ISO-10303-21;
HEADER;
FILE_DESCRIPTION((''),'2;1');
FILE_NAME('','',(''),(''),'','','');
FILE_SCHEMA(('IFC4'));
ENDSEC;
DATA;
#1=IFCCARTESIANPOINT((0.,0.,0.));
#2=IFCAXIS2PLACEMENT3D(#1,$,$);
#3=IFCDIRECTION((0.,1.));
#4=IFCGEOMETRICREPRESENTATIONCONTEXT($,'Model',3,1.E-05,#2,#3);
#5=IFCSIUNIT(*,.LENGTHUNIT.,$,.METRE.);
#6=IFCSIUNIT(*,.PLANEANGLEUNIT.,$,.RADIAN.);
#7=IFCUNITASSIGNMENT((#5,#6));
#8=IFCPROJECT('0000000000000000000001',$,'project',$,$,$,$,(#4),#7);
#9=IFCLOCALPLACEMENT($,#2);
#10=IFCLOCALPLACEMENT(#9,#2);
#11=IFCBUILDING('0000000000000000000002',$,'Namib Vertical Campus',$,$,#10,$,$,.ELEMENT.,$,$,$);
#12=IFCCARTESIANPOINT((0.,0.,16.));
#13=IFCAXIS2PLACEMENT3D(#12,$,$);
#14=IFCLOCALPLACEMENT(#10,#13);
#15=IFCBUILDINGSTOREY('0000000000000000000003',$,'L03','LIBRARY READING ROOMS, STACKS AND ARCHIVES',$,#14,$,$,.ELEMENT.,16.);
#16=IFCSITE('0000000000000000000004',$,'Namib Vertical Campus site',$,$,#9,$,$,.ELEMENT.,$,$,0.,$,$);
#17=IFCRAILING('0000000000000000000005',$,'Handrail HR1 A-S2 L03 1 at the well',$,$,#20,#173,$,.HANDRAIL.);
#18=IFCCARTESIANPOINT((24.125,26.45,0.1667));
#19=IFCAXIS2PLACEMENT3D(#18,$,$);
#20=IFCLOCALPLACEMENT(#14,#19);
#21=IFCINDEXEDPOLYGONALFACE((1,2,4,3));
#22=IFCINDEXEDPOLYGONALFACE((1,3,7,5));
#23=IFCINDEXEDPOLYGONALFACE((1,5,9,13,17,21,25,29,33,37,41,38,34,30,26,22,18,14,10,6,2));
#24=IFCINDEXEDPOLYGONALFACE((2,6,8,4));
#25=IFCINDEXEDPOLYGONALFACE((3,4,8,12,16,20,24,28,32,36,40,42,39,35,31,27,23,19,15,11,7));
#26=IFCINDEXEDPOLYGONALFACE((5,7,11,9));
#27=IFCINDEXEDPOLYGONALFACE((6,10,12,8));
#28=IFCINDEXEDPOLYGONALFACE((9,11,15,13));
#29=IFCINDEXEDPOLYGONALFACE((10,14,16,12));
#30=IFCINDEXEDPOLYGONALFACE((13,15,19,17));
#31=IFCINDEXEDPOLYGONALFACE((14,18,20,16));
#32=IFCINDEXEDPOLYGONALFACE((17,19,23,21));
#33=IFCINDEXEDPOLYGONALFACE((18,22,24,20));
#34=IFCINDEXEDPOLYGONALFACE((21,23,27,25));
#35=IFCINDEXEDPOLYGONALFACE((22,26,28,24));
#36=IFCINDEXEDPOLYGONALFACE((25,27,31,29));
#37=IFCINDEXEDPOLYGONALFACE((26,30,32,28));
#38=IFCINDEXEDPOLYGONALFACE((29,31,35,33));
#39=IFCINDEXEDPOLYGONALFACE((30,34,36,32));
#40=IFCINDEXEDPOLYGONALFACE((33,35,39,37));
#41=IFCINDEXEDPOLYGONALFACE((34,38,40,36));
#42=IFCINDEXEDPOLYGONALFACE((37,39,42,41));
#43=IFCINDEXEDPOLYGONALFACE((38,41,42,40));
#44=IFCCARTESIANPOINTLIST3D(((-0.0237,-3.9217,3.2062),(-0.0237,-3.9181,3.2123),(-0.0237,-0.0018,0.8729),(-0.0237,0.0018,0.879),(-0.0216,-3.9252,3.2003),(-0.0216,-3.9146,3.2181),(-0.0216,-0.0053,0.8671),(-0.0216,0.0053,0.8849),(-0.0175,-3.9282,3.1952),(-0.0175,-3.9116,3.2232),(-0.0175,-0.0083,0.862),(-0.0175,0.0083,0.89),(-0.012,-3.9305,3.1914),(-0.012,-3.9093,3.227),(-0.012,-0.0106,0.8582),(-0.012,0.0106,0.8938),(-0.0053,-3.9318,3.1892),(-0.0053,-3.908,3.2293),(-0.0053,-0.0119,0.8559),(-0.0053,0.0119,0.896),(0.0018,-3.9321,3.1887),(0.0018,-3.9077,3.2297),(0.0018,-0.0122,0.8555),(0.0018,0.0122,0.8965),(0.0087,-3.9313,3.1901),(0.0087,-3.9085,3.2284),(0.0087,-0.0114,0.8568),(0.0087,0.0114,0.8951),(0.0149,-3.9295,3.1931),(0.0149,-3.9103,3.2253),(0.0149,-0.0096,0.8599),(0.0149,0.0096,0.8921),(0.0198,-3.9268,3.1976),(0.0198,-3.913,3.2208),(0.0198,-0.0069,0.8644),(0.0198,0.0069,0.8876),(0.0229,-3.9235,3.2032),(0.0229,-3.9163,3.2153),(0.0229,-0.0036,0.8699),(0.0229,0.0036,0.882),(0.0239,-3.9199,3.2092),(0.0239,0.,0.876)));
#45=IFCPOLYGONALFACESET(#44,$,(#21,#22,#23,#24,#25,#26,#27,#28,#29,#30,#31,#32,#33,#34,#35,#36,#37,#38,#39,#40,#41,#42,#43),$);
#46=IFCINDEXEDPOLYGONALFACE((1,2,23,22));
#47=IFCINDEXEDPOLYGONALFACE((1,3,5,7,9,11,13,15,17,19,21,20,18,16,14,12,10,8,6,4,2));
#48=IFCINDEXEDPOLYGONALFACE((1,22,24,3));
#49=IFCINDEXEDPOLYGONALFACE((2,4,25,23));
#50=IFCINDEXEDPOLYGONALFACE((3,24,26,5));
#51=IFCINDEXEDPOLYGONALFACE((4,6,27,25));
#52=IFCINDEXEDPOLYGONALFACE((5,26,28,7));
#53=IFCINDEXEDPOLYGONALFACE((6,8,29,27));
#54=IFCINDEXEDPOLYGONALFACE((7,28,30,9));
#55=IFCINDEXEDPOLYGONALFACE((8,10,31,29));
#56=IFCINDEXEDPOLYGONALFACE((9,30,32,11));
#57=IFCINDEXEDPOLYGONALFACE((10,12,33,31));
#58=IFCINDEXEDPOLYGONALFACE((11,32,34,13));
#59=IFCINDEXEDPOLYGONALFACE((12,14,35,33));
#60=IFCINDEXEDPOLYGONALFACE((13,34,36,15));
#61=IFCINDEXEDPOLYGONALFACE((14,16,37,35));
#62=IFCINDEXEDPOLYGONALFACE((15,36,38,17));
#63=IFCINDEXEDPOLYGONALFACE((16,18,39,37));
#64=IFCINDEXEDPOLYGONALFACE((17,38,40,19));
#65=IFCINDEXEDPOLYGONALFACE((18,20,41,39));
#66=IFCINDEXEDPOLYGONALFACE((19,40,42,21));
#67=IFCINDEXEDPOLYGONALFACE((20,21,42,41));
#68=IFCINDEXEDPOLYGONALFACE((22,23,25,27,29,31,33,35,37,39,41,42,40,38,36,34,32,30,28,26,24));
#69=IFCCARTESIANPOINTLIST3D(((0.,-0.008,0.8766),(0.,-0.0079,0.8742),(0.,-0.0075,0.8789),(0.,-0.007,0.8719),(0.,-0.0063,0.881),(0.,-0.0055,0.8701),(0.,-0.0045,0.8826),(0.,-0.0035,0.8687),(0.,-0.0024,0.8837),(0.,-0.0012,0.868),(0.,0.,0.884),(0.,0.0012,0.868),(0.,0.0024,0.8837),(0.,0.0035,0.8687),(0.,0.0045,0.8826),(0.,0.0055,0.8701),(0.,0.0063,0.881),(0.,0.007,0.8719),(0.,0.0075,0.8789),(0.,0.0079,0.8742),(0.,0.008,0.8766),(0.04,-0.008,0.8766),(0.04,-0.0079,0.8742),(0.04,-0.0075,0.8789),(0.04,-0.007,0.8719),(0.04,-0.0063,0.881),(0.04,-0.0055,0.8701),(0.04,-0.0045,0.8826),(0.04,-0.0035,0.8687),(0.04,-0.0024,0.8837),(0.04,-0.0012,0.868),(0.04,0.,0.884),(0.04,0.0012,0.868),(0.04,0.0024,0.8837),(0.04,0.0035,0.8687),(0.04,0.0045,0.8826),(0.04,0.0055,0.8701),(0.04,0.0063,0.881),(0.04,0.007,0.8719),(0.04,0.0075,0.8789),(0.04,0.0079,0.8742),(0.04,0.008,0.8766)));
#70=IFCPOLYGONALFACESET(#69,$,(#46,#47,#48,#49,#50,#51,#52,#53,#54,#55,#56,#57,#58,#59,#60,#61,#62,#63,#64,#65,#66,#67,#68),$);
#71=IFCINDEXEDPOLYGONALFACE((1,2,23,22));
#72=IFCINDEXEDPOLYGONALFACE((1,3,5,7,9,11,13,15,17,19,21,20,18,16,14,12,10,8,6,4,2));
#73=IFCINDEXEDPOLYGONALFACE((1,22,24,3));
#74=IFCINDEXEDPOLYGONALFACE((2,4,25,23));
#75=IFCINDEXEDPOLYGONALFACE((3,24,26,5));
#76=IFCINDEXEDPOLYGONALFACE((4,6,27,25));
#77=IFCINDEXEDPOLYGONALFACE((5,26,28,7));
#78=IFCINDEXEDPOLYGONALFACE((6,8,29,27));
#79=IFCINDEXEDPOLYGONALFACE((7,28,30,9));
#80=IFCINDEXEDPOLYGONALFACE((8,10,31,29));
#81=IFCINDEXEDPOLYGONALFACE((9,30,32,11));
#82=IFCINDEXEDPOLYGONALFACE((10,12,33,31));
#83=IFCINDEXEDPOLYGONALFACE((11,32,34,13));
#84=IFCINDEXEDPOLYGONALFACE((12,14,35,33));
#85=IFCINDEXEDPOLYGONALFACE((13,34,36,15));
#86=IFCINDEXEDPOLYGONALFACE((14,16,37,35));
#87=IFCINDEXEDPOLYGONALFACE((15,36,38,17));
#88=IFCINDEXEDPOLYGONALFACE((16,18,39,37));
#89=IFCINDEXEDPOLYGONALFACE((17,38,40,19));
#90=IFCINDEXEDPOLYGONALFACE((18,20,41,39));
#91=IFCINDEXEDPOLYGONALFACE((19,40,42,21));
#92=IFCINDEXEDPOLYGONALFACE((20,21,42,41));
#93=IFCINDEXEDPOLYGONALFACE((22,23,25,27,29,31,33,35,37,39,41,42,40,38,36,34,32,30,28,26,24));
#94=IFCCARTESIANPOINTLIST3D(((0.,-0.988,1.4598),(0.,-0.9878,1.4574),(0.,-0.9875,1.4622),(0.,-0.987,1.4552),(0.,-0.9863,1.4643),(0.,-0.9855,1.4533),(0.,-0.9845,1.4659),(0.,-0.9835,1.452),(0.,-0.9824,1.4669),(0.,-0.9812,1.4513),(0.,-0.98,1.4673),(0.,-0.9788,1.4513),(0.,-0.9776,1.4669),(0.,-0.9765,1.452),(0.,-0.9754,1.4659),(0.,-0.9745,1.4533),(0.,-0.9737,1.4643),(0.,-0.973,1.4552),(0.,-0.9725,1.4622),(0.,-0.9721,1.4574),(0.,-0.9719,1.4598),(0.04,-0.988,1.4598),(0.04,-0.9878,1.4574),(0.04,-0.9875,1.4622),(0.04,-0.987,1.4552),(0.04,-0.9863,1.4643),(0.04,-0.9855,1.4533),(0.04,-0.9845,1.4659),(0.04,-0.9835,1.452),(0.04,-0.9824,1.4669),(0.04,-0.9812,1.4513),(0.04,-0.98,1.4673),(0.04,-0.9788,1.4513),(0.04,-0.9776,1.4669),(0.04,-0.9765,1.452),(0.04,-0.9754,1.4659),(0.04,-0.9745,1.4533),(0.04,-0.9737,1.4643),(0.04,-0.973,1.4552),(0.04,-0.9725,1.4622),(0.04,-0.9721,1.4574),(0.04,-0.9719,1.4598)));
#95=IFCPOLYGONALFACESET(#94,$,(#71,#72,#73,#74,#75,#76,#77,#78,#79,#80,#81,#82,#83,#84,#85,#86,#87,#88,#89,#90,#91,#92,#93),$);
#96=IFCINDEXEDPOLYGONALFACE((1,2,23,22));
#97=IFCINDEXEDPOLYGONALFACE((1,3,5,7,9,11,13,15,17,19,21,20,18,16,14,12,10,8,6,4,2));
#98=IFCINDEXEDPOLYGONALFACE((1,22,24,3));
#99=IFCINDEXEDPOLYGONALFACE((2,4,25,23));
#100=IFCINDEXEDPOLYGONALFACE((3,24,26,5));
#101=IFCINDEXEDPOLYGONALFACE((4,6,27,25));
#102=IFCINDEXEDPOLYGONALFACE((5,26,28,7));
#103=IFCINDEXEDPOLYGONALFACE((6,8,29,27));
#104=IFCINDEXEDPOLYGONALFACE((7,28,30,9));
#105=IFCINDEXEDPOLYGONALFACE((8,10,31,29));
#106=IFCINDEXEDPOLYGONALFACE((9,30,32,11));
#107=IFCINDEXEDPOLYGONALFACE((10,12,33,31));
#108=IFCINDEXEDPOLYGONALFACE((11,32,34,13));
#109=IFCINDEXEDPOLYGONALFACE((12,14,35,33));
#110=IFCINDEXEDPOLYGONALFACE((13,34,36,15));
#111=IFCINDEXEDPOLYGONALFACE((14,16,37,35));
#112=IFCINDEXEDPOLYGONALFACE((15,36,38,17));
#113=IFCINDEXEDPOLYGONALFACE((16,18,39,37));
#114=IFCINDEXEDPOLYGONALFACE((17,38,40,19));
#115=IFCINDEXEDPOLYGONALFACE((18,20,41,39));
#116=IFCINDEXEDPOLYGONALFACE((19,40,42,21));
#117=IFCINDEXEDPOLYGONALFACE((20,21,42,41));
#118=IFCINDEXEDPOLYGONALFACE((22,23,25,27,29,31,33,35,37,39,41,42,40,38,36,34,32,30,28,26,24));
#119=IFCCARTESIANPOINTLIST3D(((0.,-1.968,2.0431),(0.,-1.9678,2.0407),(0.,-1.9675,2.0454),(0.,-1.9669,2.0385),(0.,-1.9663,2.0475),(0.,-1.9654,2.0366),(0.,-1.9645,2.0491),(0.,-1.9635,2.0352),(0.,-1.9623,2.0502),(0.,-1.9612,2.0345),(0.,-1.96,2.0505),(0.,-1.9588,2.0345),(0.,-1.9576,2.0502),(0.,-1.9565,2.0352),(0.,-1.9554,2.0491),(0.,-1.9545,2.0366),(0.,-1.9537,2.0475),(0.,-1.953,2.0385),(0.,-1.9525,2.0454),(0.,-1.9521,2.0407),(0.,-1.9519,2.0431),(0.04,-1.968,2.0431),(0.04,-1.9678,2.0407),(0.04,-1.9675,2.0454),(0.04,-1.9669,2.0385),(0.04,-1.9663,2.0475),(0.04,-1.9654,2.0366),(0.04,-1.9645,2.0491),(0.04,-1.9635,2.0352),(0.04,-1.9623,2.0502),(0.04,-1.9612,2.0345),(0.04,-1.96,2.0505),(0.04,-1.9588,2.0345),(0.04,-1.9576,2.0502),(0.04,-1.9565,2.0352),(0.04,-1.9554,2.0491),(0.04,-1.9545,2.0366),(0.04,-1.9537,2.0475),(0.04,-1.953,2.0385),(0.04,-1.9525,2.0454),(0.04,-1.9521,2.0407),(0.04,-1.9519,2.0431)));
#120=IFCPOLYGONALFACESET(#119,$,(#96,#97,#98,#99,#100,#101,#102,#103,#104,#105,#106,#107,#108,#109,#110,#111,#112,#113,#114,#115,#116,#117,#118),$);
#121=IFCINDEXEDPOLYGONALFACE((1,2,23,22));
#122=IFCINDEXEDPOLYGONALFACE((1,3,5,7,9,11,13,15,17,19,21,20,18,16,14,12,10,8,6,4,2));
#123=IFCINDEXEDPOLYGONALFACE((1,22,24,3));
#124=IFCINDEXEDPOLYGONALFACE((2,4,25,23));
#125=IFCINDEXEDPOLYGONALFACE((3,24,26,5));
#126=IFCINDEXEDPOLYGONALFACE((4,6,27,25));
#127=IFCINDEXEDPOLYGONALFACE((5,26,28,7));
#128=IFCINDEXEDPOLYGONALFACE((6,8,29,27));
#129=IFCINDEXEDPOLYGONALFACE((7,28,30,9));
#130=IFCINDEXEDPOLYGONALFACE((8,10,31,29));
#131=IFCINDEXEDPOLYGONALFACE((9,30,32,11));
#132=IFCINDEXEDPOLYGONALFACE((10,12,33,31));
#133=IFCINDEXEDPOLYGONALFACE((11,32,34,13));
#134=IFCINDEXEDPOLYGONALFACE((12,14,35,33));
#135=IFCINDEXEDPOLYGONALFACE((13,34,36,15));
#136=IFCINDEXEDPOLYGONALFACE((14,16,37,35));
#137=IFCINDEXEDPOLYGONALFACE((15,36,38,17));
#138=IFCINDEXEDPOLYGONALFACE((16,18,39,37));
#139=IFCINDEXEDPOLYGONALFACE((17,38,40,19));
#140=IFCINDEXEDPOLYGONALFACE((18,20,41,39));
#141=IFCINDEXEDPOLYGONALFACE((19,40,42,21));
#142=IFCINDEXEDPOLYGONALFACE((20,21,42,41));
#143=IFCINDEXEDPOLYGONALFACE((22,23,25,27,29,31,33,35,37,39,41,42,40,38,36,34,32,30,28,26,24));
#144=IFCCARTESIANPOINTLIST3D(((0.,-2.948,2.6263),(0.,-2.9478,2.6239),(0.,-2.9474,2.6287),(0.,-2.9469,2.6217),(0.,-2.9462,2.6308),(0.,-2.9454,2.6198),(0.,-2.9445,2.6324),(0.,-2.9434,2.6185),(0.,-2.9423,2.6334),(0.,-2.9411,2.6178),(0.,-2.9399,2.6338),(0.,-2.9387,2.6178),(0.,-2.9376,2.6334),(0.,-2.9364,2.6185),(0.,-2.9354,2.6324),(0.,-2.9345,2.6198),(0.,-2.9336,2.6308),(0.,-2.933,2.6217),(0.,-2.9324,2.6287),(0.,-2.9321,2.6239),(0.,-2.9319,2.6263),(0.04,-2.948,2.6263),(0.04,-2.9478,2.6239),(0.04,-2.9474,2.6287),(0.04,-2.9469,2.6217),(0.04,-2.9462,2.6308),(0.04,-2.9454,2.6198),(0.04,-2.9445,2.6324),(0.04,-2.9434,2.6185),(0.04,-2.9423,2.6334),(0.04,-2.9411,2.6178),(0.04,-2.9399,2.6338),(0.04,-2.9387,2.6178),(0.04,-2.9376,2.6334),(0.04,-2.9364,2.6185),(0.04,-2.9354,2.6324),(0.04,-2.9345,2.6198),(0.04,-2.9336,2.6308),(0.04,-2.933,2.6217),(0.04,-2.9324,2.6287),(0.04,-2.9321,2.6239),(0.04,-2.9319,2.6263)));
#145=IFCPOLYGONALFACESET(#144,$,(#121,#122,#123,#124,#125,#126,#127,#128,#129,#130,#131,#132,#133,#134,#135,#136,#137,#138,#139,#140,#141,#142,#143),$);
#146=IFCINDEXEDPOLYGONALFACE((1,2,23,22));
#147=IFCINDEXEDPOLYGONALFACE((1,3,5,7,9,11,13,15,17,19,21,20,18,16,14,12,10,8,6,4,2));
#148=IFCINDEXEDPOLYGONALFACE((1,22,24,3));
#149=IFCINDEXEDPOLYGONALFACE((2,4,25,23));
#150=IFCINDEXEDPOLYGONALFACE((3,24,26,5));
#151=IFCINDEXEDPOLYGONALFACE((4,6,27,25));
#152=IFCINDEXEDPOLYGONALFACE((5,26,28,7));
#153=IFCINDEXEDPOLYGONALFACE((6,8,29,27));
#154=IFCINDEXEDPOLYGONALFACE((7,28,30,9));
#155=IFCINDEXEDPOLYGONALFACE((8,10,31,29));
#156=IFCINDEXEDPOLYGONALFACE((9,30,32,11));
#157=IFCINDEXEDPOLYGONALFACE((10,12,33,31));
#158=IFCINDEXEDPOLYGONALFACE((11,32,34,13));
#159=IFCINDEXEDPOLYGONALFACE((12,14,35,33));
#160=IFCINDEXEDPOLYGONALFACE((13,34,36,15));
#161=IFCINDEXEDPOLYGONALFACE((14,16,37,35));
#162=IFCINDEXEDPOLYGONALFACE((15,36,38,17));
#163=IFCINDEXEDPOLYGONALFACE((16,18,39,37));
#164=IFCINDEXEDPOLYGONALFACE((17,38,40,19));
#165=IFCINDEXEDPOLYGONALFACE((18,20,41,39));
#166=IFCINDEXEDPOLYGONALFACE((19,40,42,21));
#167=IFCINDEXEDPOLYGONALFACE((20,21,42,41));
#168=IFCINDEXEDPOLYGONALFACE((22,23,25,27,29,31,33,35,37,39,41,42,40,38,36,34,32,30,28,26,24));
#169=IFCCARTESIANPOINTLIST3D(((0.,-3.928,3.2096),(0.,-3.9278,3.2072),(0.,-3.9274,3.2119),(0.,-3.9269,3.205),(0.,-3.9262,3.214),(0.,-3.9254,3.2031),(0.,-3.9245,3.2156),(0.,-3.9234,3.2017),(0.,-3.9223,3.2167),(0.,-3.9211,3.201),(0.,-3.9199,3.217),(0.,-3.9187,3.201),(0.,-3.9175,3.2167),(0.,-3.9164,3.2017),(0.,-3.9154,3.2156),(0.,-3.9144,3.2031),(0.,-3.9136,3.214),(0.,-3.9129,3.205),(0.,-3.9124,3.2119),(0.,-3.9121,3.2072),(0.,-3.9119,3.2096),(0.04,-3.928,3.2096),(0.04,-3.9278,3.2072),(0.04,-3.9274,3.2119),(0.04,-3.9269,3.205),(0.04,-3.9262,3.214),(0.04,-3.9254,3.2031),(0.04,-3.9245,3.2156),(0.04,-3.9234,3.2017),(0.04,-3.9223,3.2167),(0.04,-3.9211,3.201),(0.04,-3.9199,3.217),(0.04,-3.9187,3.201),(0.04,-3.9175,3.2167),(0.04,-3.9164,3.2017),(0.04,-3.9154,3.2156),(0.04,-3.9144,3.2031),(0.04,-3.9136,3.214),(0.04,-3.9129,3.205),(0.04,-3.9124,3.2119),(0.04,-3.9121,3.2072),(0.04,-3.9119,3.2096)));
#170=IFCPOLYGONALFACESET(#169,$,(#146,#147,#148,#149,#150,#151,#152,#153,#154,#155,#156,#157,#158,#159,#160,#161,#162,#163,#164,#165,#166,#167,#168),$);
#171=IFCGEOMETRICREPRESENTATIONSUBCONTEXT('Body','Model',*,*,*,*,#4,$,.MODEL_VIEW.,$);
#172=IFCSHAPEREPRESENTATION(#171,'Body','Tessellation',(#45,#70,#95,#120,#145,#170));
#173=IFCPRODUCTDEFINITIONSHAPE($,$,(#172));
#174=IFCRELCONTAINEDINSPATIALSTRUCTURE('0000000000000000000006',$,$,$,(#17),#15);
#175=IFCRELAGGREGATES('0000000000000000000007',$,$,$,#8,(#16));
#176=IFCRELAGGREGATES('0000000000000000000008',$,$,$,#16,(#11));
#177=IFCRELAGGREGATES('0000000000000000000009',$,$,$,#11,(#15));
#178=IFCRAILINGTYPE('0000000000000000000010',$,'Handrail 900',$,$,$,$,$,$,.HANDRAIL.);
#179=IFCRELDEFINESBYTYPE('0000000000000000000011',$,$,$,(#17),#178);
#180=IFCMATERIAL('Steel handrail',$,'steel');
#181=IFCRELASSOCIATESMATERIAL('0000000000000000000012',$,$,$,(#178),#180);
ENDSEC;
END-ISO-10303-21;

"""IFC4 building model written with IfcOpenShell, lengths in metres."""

from ifc_helpers import new_model, si_unit, direction, frame, origin, origin_2d, place, context, subcontext, project, spatial, circle, extrude, material, type_object, element, save


model = new_model("IFC4")

# Units and contexts
model_context = context("Model", 3, precision=1e-05, world=origin(), true_north=direction((0.0, 1.0)))
body_context = subcontext(model_context, "Body", "Model", "MODEL_VIEW")
ifc_project = project(units=[si_unit("LENGTHUNIT", "METRE"), si_unit("PLANEANGLEUNIT", "RADIAN")], contexts=[model_context])

# Site, building, storey
site_placement = place(None, origin())
site = spatial("IfcSite", under=ifc_project, at=site_placement, Name="Namib Vertical Campus site", CompositionType="ELEMENT", RefElevation=0.0)
building_placement = place(site_placement, origin())
building = spatial("IfcBuilding", under=site, at=building_placement, Name="Namib Vertical Campus", CompositionType="ELEMENT")
storey_placement = place(building_placement, frame((0.0, 0.0, 16.0)))
storey = spatial("IfcBuildingStorey", under=building, at=storey_placement, Name="L03", Description="LIBRARY READING ROOMS, STACKS AND ARCHIVES", CompositionType="ELEMENT", Elevation=16.0)

# Railing
ifc_material_1 = material(Name="Steel handrail", Category="steel")
railing_type_1 = type_object("IfcRailingType", Name="Handrail 900", PredefinedType="HANDRAIL", material=ifc_material_1)
railing_1_placement = place(storey_placement, frame((24.125, 26.45, 0.1667)))
element("IfcRailing", 1, at=railing_1_placement, inside=storey, type_object=railing_type_1, Name="Handrail HR1 A-S2 L03 1 at the well", PredefinedType="HANDRAIL", context=body_context, shape_type="SweptSolid", body=[
    extrude(circle(Radius=0.0239, at=origin_2d()), frame((0.0, 0.0, 0.876), z_axis=(0.0, -0.859296, 0.511478), x_axis=(1.0, 0.0, 0.0)), (0.0, 0.0, 1.0), 4.5618),
    extrude(circle(Radius=0.0081, at=origin_2d()), frame((0.0, 0.0, 0.876), z_axis=(1.0, 0.0, 0.0), x_axis=(0.0, 0.0, 1.0)), (0.0, 0.0, 1.0), 0.04),
    extrude(circle(Radius=0.0081, at=origin_2d()), frame((0.0, -0.98, 1.4592), z_axis=(1.0, 0.0, 0.0), x_axis=(0.0, 0.0, 1.0)), (0.0, 0.0, 1.0), 0.04),
    extrude(circle(Radius=0.0081, at=origin_2d()), frame((0.0, -1.96, 2.0425), z_axis=(1.0, 0.0, 0.0), x_axis=(0.0, 0.0, 1.0)), (0.0, 0.0, 1.0), 0.04),
    extrude(circle(Radius=0.0081, at=origin_2d()), frame((0.0, -2.9399, 2.6257), z_axis=(1.0, 0.0, 0.0), x_axis=(0.0, 0.0, 1.0)), (0.0, 0.0, 1.0), 0.04),
    extrude(circle(Radius=0.0081, at=origin_2d()), frame((0.0, -3.9199, 3.209), z_axis=(1.0, 0.0, 0.0), x_axis=(0.0, 0.0, 1.0)), (0.0, 0.0, 1.0), 0.04),
])

save(model, "model.ifc")
